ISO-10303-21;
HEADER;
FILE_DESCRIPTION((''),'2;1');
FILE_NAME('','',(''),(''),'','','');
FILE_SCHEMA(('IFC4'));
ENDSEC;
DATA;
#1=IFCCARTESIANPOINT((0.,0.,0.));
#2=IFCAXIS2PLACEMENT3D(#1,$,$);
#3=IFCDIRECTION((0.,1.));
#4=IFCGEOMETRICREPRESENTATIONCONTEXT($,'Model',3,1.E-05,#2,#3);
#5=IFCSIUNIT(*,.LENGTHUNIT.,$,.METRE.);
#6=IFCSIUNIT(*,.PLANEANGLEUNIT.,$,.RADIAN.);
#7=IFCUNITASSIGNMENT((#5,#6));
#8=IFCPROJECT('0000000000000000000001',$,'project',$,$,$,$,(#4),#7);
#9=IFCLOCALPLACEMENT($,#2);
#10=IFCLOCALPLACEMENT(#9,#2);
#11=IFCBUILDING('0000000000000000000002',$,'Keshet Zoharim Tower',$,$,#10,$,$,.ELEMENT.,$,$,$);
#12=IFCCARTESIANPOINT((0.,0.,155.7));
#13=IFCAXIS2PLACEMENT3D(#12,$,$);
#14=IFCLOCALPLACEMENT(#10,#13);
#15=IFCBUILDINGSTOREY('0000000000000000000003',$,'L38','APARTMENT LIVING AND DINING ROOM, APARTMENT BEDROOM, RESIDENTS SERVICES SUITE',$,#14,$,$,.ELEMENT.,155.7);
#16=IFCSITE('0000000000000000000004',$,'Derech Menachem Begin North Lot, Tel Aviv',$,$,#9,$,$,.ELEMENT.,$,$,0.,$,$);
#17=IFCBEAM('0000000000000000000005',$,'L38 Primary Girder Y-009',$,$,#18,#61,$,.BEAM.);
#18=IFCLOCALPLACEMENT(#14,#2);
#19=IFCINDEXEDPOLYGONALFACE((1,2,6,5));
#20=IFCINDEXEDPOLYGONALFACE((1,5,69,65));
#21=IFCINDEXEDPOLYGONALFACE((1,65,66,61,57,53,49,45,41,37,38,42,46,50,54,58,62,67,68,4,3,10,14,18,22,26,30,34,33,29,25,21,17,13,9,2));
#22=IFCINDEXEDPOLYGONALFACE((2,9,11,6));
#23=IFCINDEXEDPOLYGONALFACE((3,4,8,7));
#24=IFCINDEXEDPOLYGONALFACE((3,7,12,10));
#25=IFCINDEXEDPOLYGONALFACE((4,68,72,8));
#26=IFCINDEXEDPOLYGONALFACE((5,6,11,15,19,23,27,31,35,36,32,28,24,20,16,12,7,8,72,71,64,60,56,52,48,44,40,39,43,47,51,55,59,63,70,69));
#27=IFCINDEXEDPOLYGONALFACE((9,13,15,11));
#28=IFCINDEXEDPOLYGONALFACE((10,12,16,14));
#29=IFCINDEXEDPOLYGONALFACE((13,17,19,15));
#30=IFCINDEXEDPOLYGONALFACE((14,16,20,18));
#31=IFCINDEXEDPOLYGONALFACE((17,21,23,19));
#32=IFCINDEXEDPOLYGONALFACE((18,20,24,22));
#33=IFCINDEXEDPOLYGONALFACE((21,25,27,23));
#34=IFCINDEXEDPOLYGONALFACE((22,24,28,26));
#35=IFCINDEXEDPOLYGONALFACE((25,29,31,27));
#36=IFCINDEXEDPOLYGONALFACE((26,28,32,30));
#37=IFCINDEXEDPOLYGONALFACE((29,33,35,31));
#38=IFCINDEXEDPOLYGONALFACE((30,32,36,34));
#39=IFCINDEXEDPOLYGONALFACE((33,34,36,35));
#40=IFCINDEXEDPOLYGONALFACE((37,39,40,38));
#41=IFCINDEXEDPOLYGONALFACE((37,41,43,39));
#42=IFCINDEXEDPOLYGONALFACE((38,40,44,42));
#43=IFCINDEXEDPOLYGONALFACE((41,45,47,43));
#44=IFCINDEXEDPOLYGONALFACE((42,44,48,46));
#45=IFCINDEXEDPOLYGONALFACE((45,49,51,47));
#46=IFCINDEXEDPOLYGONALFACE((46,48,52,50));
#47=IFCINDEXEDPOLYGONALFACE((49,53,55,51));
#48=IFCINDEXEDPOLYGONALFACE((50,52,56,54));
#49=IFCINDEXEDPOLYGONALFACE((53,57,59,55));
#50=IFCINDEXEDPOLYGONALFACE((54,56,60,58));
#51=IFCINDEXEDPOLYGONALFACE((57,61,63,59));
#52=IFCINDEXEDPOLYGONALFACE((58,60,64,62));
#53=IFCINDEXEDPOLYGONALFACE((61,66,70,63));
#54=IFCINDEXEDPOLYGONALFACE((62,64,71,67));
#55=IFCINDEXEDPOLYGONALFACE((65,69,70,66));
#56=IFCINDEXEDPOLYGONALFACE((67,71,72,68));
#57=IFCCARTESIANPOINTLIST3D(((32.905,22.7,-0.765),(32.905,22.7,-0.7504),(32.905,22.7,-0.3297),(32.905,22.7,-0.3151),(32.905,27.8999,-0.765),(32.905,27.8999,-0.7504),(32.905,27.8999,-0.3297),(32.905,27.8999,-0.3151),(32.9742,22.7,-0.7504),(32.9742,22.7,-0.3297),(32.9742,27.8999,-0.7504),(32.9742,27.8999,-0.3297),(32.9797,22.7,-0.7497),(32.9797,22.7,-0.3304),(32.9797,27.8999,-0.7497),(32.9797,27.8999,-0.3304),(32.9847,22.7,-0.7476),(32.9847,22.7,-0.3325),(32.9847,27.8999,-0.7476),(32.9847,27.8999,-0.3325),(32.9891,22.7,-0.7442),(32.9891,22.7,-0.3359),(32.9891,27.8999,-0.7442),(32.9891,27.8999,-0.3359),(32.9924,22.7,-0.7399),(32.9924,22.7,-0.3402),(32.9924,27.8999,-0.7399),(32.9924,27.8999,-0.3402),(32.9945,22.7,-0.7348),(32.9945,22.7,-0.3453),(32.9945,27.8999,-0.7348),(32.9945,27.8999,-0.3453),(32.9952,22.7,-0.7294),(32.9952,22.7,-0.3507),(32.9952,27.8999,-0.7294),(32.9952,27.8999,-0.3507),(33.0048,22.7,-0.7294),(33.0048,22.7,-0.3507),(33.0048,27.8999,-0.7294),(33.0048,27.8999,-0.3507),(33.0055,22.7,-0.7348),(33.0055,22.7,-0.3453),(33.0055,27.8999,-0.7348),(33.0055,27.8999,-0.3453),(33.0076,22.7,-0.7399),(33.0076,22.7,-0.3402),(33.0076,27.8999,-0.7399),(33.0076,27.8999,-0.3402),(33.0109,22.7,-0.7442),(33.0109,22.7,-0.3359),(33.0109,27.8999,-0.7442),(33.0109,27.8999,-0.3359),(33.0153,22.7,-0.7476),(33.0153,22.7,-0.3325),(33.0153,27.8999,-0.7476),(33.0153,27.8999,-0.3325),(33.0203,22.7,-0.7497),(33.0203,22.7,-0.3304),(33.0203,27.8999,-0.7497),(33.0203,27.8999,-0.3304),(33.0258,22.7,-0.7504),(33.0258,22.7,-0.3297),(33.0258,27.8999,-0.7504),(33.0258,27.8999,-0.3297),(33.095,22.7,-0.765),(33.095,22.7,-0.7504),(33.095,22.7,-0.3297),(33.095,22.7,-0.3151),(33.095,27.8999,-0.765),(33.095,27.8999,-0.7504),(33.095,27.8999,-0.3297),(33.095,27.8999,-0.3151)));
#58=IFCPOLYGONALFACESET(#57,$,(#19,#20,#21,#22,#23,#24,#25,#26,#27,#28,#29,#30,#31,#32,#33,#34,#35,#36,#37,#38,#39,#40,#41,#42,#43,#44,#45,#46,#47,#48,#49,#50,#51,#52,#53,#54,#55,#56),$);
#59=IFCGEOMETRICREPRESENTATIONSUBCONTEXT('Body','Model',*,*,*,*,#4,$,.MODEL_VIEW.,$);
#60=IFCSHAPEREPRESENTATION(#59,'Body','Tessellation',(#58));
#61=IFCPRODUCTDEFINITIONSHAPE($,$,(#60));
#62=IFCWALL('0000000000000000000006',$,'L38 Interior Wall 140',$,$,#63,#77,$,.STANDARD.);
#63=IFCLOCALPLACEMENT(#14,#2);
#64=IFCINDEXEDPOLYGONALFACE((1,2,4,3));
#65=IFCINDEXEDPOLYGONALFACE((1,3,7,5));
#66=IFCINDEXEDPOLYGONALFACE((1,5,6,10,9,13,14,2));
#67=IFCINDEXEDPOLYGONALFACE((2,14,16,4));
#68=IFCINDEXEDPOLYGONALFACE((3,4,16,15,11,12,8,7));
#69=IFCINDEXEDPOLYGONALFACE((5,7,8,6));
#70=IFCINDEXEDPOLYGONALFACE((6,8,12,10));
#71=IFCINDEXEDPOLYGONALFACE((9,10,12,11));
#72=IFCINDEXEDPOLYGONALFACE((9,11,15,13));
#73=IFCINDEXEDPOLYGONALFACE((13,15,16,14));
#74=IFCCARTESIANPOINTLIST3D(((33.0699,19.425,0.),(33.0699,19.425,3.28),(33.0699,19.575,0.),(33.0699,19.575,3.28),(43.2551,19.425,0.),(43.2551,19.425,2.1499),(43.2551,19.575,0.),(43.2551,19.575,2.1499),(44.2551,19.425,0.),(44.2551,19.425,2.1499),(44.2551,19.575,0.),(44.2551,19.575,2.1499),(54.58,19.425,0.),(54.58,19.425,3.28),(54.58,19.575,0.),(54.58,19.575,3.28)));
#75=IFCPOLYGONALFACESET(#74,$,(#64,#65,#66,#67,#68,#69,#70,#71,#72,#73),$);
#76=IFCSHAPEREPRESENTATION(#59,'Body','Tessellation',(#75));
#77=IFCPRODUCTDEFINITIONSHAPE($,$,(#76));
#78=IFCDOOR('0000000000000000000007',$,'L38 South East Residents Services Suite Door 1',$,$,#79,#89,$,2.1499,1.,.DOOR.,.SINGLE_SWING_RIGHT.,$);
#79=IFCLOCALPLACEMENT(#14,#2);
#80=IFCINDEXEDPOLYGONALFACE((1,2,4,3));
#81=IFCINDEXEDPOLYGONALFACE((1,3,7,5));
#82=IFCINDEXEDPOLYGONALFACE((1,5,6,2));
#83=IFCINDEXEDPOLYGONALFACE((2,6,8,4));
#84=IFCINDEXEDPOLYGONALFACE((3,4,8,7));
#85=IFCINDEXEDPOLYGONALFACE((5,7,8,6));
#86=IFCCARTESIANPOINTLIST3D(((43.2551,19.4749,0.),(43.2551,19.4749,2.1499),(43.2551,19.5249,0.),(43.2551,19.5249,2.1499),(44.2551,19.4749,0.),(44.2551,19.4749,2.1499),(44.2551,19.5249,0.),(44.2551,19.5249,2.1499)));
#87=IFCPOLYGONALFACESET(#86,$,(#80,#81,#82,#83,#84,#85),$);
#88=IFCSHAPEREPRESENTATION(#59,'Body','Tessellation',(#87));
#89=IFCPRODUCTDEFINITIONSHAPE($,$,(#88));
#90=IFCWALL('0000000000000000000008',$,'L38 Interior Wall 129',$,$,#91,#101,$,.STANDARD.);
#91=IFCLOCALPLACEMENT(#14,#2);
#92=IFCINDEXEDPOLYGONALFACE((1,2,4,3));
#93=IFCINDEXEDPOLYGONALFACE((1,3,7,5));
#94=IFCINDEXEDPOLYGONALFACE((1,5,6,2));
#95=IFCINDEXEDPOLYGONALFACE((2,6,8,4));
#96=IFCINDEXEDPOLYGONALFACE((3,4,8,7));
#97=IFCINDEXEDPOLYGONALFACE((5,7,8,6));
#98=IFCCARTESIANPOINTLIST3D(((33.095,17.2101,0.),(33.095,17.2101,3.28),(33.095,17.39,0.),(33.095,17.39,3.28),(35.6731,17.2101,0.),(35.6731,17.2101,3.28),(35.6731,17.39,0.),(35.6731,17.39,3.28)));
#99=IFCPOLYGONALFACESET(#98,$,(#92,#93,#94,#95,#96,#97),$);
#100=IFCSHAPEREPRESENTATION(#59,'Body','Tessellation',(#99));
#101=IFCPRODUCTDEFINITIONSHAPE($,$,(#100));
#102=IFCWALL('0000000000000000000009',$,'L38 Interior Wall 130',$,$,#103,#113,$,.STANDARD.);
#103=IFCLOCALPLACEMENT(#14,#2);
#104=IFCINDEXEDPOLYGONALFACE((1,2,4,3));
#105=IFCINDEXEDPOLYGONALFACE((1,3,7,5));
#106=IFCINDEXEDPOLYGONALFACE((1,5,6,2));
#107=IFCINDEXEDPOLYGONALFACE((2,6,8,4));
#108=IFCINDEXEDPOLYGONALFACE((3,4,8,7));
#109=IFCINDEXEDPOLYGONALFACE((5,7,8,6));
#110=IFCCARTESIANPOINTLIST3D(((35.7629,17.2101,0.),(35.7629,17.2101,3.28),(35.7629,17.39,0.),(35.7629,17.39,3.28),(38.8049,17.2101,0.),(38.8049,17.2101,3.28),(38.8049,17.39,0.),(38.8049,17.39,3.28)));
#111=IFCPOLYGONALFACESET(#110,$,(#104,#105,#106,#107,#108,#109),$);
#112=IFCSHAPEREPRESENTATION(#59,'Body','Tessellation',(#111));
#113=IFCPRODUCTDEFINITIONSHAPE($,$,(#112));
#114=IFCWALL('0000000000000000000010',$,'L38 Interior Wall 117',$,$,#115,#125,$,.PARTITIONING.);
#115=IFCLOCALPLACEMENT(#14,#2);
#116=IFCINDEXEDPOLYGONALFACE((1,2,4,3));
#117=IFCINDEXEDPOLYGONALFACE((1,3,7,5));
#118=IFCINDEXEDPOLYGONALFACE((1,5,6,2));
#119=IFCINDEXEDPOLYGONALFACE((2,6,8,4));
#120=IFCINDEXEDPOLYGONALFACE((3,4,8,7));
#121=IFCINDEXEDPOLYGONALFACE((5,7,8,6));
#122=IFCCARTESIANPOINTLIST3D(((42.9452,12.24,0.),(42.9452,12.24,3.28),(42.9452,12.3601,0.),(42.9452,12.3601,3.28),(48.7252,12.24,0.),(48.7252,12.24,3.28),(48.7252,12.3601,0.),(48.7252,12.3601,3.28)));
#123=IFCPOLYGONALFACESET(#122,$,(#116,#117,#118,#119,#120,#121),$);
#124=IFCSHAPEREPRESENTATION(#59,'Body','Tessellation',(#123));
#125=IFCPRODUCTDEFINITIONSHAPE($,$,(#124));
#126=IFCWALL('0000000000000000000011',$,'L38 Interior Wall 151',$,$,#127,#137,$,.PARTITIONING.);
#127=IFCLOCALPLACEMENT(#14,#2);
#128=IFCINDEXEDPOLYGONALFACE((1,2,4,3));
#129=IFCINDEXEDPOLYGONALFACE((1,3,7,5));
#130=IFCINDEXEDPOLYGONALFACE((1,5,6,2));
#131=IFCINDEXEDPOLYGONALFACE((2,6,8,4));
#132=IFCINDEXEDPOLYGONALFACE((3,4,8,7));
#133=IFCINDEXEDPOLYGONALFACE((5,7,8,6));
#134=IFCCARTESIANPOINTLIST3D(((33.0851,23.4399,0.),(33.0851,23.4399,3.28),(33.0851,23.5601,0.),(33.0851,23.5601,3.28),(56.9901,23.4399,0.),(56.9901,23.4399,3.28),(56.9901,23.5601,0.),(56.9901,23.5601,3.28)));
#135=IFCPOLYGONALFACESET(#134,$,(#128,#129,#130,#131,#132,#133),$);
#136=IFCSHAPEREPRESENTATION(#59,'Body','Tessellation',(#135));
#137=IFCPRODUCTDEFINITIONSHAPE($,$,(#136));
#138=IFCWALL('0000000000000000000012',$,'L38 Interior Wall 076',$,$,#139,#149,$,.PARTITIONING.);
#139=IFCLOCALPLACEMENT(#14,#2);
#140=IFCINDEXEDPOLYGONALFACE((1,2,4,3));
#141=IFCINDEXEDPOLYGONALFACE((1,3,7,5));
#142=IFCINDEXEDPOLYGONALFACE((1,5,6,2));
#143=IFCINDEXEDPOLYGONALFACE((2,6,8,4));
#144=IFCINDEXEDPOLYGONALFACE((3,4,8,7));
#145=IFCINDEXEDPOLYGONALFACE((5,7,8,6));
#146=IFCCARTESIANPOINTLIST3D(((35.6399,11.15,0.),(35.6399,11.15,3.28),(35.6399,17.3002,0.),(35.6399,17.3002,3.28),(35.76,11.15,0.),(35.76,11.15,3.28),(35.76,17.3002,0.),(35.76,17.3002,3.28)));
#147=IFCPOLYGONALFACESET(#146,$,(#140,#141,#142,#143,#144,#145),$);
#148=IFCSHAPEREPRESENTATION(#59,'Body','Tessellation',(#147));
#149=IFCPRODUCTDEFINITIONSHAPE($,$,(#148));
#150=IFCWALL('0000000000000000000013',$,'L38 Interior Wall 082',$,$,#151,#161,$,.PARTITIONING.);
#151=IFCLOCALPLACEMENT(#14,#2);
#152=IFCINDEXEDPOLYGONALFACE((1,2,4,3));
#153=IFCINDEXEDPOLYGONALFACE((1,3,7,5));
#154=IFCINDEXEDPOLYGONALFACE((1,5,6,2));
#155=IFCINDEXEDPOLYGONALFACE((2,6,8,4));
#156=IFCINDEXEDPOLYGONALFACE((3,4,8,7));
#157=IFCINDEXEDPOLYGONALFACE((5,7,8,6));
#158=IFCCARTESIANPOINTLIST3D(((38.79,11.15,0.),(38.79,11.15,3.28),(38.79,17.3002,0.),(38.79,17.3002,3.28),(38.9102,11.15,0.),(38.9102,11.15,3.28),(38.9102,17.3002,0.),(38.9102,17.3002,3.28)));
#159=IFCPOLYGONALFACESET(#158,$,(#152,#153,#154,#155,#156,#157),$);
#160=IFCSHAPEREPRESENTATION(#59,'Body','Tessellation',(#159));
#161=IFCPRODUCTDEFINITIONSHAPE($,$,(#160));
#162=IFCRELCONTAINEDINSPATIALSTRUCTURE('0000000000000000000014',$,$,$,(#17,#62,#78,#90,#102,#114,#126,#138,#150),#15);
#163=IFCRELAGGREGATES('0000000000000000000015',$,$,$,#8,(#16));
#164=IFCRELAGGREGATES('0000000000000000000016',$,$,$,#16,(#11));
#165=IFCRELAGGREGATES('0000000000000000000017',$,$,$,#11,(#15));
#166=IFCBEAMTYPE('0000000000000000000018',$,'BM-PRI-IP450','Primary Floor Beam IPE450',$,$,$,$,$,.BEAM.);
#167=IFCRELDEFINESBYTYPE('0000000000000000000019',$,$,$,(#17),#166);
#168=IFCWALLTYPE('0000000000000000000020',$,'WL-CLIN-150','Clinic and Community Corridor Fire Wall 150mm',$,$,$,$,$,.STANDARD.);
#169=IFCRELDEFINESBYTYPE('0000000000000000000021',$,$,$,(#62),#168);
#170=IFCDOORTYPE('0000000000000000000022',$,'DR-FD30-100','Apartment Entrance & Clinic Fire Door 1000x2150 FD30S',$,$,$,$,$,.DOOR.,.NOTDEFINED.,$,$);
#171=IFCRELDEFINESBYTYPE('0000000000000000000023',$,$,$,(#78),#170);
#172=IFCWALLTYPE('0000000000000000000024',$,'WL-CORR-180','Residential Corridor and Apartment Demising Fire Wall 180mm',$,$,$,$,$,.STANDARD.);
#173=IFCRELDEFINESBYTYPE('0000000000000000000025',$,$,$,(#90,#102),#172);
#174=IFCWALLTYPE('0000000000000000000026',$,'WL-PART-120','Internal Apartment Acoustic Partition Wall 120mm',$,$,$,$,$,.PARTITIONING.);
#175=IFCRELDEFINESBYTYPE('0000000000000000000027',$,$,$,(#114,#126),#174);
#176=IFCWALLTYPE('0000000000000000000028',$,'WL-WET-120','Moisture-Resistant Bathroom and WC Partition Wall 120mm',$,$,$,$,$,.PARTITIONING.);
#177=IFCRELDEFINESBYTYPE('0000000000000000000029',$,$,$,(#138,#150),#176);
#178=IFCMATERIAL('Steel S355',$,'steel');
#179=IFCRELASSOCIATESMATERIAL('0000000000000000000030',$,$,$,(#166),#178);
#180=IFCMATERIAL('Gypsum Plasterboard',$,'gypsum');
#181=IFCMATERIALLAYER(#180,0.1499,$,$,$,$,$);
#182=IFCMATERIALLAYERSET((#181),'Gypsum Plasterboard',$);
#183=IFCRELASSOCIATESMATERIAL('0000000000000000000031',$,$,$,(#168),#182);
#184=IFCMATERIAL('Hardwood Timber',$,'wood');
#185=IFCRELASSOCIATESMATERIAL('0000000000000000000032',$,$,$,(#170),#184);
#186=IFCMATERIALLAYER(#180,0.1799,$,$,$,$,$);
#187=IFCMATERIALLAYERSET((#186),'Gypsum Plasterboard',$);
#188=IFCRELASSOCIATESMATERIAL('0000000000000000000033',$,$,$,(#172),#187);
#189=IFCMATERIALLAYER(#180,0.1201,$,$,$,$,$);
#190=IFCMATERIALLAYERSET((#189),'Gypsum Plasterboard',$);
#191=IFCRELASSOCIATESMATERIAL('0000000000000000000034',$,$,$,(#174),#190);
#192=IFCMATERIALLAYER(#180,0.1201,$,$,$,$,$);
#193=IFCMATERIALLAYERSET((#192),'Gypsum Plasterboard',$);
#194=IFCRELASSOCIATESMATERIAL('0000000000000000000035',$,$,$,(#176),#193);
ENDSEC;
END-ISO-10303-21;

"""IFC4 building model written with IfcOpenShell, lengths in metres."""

from ifc_helpers import new_model, si_unit, direction, frame, frame_2d, origin, origin_2d, place, context, subcontext, project, spatial, rectangle, i_section, extrude, material, layer, layer_set, material_profile, profile_set, type_object, element, fill, save


model = new_model("IFC4")

# Units and contexts
model_context = context("Model", 3, precision=1e-05, world=origin(), true_north=direction((0.0, 1.0)))
body_context = subcontext(model_context, "Body", "Model", "MODEL_VIEW")
ifc_project = project(units=[si_unit("LENGTHUNIT", "METRE"), si_unit("PLANEANGLEUNIT", "RADIAN")], contexts=[model_context])

# Site, building, storey
site_placement = place(None, origin())
site = spatial("IfcSite", under=ifc_project, at=site_placement, Name="Derech Menachem Begin North Lot, Tel Aviv", CompositionType="ELEMENT", RefElevation=0.0)
building_placement = place(site_placement, origin())
building = spatial("IfcBuilding", under=site, at=building_placement, Name="Keshet Zoharim Tower", CompositionType="ELEMENT")
storey_placement = place(building_placement, frame((0.0, 0.0, 155.7)))
storey = spatial("IfcBuildingStorey", under=building, at=storey_placement, Name="L38", Description="APARTMENT LIVING AND DINING ROOM, APARTMENT BEDROOM, RESIDENTS SERVICES SUITE", CompositionType="ELEMENT", Elevation=155.7)

# Beam
ifc_material_1 = material(Name="Steel S355", Category="steel")
ifc_material_profile = material_profile(ifc_material_1, i_section(OverallWidth=0.1899, OverallDepth=0.45, WebThickness=0.0095, FlangeThickness=0.0146, FilletRadius=0.021, at=origin_2d()), Name="IPE450")
ifc_profile_set = profile_set([ifc_material_profile], Name="Steel S355")
beam_type = type_object("IfcBeamType", Name="BM-PRI-IP450", Description="Primary Floor Beam IPE450", PredefinedType="BEAM", material=ifc_profile_set)
beam_placement = place(storey_placement, frame((33.0, 22.7, -0.54), z_axis=(0.0, 1.0, 0.0), x_axis=(-1.0, 0.0, 0.0)))
element("IfcBeam", 1, at=beam_placement, inside=storey, type_object=beam_type, Name="L38 Primary Girder Y-009", PredefinedType="BEAM", context=body_context, shape_type="SweptSolid", body=[
    extrude(i_section(OverallWidth=0.1899, OverallDepth=0.45, WebThickness=0.0095, FlangeThickness=0.0146, FilletRadius=0.021, at=origin_2d()), origin(), (0.0, 0.0, 1.0), 5.2),
])

# Wall, opening, door
ifc_material_2 = material(Name="Gypsum Plasterboard", Category="gypsum")
ifc_layer_1 = layer(ifc_material_2, 0.1499)
ifc_layer_set_1 = layer_set([ifc_layer_1], Name="Gypsum Plasterboard")
wall_type_1 = type_object("IfcWallType", Name="WL-CLIN-150", Description="Clinic and Community Corridor Fire Wall 150mm", PredefinedType="STANDARD", material=ifc_layer_set_1)
wall_1_placement = place(storey_placement, frame((33.0701, 19.5, 0.0), z_axis=(0.0, 0.0, 1.0), x_axis=(1.0, 0.0, 0.0)))
wall_1 = element("IfcWall", 2, at=wall_1_placement, inside=storey, type_object=wall_type_1, Name="L38 Interior Wall 140", PredefinedType="STANDARD", context=body_context, shape_type="SweptSolid", body=[
    extrude(rectangle(XDim=21.51, YDim=0.1499, at=frame_2d((10.7549, 0.0))), origin(), (0.0, 0.0, 1.0), 3.28),
])
opening_1_placement = place(wall_1_placement, frame((10.1851, 0.0, 0.0)))
opening_1 = element("IfcOpeningElement", 3, at=opening_1_placement, cuts=wall_1, PredefinedType="OPENING", context=body_context, shape_type="SweptSolid", body=[
    extrude(rectangle(XDim=1.0, YDim=2.1499, at=frame_2d((0.5, 1.075))), frame((0.0, 0.085, 0.0), z_axis=(0.0, -1.0, 0.0), x_axis=(1.0, 0.0, 0.0)), (0.0, 0.0, 1.0), 0.1699),
])
ifc_material_3 = material(Name="Hardwood Timber", Category="wood")
door_type_1 = type_object("IfcDoorType", Name="DR-FD30-100", Description="Apartment Entrance & Clinic Fire Door 1000x2150 FD30S", OperationType="NOTDEFINED", PredefinedType="DOOR", material=ifc_material_3)
door_1_placement = place(opening_1_placement, origin())
door_1 = element("IfcDoor", 4, at=door_1_placement, inside=storey, type_object=door_type_1, Name="L38 South East Residents Services Suite Door 1", OperationType="SINGLE_SWING_RIGHT", OverallHeight=2.1499, OverallWidth=1.0, PredefinedType="DOOR", context=body_context, shape_type="SweptSolid", body=[
    extrude(rectangle(XDim=1.0, YDim=2.1499, at=frame_2d((0.5, 1.075))), frame((0.0, 0.0249, 0.0), z_axis=(0.0, -1.0, 0.0), x_axis=(1.0, 0.0, 0.0)), (0.0, 0.0, 1.0), 0.05),
])
fill(opening_1, door_1)
ifc_layer_2 = layer(ifc_material_2, 0.1799)
ifc_layer_set_2 = layer_set([ifc_layer_2], Name="Gypsum Plasterboard")
wall_type_2 = type_object("IfcWallType", Name="WL-CORR-180", Description="Residential Corridor and Apartment Demising Fire Wall 180mm", PredefinedType="STANDARD", material=ifc_layer_set_2)

# Walls
wall_2_placement = place(storey_placement, frame((33.095, 17.3, 0.0), z_axis=(0.0, 0.0, 1.0), x_axis=(1.0, 0.0, 0.0)))
element("IfcWall", 5, at=wall_2_placement, inside=storey, type_object=wall_type_2, Name="L38 Interior Wall 129", PredefinedType="STANDARD", context=body_context, shape_type="SweptSolid", body=[
    extrude(rectangle(XDim=2.5781, YDim=0.1799, at=frame_2d((1.2891, 0.0))), origin(), (0.0, 0.0, 1.0), 3.28),
])
wall_3_placement = place(storey_placement, frame((35.7629, 17.3, 0.0), z_axis=(0.0, 0.0, 1.0), x_axis=(1.0, 0.0, 0.0)))
element("IfcWall", 6, at=wall_3_placement, inside=storey, type_object=wall_type_2, Name="L38 Interior Wall 130", PredefinedType="STANDARD", context=body_context, shape_type="SweptSolid", body=[
    extrude(rectangle(XDim=3.042, YDim=0.1799, at=frame_2d((1.521, 0.0))), origin(), (0.0, 0.0, 1.0), 3.28),
])

# Shared definitions
ifc_layer_3 = layer(ifc_material_2, 0.1201)
ifc_layer_set_3 = layer_set([ifc_layer_3], Name="Gypsum Plasterboard")
wall_type_3 = type_object("IfcWallType", Name="WL-PART-120", Description="Internal Apartment Acoustic Partition Wall 120mm", PredefinedType="PARTITIONING", material=ifc_layer_set_3)

# Walls
wall_4_placement = place(storey_placement, frame((42.9451, 12.3, 0.0), z_axis=(0.0, 0.0, 1.0), x_axis=(1.0, 0.0, 0.0)))
element("IfcWall", 7, at=wall_4_placement, inside=storey, type_object=wall_type_3, Name="L38 Interior Wall 117", PredefinedType="PARTITIONING", context=body_context, shape_type="SweptSolid", body=[
    extrude(rectangle(XDim=5.78, YDim=0.1201, at=frame_2d((2.8901, 0.0))), origin(), (0.0, 0.0, 1.0), 3.28),
])
wall_5_placement = place(storey_placement, frame((33.085, 23.5, 0.0), z_axis=(0.0, 0.0, 1.0), x_axis=(1.0, 0.0, 0.0)))
element("IfcWall", 8, at=wall_5_placement, inside=storey, type_object=wall_type_3, Name="L38 Interior Wall 151", PredefinedType="PARTITIONING", context=body_context, shape_type="SweptSolid", body=[
    extrude(rectangle(XDim=23.905, YDim=0.1201, at=frame_2d((11.9526, 0.0))), origin(), (0.0, 0.0, 1.0), 3.28),
])
ifc_layer_4 = layer(ifc_material_2, 0.1201)
ifc_layer_set_4 = layer_set([ifc_layer_4], Name="Gypsum Plasterboard")
wall_type_4 = type_object("IfcWallType", Name="WL-WET-120", Description="Moisture-Resistant Bathroom and WC Partition Wall 120mm", PredefinedType="PARTITIONING", material=ifc_layer_set_4)
for number, where, z_axis, x_axis, name in (
    (9, (35.7, 11.1499, 0.0), (0.0, 0.0, 1.0), (0.0, 1.0, 0.0), "L38 Interior Wall 076"),
    (10, (38.8501, 11.1499, 0.0), (0.0, 0.0, 1.0), (0.0, 1.0, 0.0), "L38 Interior Wall 082"),
):
    element("IfcWall", number, at=place(storey_placement, frame(where, z_axis=z_axis, x_axis=x_axis)), inside=storey, type_object=wall_type_4, Name=name, PredefinedType="PARTITIONING", context=body_context, shape_type="SweptSolid", body=[
        extrude(rectangle(XDim=6.1501, YDim=0.1201, at=frame_2d((3.0752, 0.0))), origin(), (0.0, 0.0, 1.0), 3.28),
    ])

save(model, "model.ifc")
